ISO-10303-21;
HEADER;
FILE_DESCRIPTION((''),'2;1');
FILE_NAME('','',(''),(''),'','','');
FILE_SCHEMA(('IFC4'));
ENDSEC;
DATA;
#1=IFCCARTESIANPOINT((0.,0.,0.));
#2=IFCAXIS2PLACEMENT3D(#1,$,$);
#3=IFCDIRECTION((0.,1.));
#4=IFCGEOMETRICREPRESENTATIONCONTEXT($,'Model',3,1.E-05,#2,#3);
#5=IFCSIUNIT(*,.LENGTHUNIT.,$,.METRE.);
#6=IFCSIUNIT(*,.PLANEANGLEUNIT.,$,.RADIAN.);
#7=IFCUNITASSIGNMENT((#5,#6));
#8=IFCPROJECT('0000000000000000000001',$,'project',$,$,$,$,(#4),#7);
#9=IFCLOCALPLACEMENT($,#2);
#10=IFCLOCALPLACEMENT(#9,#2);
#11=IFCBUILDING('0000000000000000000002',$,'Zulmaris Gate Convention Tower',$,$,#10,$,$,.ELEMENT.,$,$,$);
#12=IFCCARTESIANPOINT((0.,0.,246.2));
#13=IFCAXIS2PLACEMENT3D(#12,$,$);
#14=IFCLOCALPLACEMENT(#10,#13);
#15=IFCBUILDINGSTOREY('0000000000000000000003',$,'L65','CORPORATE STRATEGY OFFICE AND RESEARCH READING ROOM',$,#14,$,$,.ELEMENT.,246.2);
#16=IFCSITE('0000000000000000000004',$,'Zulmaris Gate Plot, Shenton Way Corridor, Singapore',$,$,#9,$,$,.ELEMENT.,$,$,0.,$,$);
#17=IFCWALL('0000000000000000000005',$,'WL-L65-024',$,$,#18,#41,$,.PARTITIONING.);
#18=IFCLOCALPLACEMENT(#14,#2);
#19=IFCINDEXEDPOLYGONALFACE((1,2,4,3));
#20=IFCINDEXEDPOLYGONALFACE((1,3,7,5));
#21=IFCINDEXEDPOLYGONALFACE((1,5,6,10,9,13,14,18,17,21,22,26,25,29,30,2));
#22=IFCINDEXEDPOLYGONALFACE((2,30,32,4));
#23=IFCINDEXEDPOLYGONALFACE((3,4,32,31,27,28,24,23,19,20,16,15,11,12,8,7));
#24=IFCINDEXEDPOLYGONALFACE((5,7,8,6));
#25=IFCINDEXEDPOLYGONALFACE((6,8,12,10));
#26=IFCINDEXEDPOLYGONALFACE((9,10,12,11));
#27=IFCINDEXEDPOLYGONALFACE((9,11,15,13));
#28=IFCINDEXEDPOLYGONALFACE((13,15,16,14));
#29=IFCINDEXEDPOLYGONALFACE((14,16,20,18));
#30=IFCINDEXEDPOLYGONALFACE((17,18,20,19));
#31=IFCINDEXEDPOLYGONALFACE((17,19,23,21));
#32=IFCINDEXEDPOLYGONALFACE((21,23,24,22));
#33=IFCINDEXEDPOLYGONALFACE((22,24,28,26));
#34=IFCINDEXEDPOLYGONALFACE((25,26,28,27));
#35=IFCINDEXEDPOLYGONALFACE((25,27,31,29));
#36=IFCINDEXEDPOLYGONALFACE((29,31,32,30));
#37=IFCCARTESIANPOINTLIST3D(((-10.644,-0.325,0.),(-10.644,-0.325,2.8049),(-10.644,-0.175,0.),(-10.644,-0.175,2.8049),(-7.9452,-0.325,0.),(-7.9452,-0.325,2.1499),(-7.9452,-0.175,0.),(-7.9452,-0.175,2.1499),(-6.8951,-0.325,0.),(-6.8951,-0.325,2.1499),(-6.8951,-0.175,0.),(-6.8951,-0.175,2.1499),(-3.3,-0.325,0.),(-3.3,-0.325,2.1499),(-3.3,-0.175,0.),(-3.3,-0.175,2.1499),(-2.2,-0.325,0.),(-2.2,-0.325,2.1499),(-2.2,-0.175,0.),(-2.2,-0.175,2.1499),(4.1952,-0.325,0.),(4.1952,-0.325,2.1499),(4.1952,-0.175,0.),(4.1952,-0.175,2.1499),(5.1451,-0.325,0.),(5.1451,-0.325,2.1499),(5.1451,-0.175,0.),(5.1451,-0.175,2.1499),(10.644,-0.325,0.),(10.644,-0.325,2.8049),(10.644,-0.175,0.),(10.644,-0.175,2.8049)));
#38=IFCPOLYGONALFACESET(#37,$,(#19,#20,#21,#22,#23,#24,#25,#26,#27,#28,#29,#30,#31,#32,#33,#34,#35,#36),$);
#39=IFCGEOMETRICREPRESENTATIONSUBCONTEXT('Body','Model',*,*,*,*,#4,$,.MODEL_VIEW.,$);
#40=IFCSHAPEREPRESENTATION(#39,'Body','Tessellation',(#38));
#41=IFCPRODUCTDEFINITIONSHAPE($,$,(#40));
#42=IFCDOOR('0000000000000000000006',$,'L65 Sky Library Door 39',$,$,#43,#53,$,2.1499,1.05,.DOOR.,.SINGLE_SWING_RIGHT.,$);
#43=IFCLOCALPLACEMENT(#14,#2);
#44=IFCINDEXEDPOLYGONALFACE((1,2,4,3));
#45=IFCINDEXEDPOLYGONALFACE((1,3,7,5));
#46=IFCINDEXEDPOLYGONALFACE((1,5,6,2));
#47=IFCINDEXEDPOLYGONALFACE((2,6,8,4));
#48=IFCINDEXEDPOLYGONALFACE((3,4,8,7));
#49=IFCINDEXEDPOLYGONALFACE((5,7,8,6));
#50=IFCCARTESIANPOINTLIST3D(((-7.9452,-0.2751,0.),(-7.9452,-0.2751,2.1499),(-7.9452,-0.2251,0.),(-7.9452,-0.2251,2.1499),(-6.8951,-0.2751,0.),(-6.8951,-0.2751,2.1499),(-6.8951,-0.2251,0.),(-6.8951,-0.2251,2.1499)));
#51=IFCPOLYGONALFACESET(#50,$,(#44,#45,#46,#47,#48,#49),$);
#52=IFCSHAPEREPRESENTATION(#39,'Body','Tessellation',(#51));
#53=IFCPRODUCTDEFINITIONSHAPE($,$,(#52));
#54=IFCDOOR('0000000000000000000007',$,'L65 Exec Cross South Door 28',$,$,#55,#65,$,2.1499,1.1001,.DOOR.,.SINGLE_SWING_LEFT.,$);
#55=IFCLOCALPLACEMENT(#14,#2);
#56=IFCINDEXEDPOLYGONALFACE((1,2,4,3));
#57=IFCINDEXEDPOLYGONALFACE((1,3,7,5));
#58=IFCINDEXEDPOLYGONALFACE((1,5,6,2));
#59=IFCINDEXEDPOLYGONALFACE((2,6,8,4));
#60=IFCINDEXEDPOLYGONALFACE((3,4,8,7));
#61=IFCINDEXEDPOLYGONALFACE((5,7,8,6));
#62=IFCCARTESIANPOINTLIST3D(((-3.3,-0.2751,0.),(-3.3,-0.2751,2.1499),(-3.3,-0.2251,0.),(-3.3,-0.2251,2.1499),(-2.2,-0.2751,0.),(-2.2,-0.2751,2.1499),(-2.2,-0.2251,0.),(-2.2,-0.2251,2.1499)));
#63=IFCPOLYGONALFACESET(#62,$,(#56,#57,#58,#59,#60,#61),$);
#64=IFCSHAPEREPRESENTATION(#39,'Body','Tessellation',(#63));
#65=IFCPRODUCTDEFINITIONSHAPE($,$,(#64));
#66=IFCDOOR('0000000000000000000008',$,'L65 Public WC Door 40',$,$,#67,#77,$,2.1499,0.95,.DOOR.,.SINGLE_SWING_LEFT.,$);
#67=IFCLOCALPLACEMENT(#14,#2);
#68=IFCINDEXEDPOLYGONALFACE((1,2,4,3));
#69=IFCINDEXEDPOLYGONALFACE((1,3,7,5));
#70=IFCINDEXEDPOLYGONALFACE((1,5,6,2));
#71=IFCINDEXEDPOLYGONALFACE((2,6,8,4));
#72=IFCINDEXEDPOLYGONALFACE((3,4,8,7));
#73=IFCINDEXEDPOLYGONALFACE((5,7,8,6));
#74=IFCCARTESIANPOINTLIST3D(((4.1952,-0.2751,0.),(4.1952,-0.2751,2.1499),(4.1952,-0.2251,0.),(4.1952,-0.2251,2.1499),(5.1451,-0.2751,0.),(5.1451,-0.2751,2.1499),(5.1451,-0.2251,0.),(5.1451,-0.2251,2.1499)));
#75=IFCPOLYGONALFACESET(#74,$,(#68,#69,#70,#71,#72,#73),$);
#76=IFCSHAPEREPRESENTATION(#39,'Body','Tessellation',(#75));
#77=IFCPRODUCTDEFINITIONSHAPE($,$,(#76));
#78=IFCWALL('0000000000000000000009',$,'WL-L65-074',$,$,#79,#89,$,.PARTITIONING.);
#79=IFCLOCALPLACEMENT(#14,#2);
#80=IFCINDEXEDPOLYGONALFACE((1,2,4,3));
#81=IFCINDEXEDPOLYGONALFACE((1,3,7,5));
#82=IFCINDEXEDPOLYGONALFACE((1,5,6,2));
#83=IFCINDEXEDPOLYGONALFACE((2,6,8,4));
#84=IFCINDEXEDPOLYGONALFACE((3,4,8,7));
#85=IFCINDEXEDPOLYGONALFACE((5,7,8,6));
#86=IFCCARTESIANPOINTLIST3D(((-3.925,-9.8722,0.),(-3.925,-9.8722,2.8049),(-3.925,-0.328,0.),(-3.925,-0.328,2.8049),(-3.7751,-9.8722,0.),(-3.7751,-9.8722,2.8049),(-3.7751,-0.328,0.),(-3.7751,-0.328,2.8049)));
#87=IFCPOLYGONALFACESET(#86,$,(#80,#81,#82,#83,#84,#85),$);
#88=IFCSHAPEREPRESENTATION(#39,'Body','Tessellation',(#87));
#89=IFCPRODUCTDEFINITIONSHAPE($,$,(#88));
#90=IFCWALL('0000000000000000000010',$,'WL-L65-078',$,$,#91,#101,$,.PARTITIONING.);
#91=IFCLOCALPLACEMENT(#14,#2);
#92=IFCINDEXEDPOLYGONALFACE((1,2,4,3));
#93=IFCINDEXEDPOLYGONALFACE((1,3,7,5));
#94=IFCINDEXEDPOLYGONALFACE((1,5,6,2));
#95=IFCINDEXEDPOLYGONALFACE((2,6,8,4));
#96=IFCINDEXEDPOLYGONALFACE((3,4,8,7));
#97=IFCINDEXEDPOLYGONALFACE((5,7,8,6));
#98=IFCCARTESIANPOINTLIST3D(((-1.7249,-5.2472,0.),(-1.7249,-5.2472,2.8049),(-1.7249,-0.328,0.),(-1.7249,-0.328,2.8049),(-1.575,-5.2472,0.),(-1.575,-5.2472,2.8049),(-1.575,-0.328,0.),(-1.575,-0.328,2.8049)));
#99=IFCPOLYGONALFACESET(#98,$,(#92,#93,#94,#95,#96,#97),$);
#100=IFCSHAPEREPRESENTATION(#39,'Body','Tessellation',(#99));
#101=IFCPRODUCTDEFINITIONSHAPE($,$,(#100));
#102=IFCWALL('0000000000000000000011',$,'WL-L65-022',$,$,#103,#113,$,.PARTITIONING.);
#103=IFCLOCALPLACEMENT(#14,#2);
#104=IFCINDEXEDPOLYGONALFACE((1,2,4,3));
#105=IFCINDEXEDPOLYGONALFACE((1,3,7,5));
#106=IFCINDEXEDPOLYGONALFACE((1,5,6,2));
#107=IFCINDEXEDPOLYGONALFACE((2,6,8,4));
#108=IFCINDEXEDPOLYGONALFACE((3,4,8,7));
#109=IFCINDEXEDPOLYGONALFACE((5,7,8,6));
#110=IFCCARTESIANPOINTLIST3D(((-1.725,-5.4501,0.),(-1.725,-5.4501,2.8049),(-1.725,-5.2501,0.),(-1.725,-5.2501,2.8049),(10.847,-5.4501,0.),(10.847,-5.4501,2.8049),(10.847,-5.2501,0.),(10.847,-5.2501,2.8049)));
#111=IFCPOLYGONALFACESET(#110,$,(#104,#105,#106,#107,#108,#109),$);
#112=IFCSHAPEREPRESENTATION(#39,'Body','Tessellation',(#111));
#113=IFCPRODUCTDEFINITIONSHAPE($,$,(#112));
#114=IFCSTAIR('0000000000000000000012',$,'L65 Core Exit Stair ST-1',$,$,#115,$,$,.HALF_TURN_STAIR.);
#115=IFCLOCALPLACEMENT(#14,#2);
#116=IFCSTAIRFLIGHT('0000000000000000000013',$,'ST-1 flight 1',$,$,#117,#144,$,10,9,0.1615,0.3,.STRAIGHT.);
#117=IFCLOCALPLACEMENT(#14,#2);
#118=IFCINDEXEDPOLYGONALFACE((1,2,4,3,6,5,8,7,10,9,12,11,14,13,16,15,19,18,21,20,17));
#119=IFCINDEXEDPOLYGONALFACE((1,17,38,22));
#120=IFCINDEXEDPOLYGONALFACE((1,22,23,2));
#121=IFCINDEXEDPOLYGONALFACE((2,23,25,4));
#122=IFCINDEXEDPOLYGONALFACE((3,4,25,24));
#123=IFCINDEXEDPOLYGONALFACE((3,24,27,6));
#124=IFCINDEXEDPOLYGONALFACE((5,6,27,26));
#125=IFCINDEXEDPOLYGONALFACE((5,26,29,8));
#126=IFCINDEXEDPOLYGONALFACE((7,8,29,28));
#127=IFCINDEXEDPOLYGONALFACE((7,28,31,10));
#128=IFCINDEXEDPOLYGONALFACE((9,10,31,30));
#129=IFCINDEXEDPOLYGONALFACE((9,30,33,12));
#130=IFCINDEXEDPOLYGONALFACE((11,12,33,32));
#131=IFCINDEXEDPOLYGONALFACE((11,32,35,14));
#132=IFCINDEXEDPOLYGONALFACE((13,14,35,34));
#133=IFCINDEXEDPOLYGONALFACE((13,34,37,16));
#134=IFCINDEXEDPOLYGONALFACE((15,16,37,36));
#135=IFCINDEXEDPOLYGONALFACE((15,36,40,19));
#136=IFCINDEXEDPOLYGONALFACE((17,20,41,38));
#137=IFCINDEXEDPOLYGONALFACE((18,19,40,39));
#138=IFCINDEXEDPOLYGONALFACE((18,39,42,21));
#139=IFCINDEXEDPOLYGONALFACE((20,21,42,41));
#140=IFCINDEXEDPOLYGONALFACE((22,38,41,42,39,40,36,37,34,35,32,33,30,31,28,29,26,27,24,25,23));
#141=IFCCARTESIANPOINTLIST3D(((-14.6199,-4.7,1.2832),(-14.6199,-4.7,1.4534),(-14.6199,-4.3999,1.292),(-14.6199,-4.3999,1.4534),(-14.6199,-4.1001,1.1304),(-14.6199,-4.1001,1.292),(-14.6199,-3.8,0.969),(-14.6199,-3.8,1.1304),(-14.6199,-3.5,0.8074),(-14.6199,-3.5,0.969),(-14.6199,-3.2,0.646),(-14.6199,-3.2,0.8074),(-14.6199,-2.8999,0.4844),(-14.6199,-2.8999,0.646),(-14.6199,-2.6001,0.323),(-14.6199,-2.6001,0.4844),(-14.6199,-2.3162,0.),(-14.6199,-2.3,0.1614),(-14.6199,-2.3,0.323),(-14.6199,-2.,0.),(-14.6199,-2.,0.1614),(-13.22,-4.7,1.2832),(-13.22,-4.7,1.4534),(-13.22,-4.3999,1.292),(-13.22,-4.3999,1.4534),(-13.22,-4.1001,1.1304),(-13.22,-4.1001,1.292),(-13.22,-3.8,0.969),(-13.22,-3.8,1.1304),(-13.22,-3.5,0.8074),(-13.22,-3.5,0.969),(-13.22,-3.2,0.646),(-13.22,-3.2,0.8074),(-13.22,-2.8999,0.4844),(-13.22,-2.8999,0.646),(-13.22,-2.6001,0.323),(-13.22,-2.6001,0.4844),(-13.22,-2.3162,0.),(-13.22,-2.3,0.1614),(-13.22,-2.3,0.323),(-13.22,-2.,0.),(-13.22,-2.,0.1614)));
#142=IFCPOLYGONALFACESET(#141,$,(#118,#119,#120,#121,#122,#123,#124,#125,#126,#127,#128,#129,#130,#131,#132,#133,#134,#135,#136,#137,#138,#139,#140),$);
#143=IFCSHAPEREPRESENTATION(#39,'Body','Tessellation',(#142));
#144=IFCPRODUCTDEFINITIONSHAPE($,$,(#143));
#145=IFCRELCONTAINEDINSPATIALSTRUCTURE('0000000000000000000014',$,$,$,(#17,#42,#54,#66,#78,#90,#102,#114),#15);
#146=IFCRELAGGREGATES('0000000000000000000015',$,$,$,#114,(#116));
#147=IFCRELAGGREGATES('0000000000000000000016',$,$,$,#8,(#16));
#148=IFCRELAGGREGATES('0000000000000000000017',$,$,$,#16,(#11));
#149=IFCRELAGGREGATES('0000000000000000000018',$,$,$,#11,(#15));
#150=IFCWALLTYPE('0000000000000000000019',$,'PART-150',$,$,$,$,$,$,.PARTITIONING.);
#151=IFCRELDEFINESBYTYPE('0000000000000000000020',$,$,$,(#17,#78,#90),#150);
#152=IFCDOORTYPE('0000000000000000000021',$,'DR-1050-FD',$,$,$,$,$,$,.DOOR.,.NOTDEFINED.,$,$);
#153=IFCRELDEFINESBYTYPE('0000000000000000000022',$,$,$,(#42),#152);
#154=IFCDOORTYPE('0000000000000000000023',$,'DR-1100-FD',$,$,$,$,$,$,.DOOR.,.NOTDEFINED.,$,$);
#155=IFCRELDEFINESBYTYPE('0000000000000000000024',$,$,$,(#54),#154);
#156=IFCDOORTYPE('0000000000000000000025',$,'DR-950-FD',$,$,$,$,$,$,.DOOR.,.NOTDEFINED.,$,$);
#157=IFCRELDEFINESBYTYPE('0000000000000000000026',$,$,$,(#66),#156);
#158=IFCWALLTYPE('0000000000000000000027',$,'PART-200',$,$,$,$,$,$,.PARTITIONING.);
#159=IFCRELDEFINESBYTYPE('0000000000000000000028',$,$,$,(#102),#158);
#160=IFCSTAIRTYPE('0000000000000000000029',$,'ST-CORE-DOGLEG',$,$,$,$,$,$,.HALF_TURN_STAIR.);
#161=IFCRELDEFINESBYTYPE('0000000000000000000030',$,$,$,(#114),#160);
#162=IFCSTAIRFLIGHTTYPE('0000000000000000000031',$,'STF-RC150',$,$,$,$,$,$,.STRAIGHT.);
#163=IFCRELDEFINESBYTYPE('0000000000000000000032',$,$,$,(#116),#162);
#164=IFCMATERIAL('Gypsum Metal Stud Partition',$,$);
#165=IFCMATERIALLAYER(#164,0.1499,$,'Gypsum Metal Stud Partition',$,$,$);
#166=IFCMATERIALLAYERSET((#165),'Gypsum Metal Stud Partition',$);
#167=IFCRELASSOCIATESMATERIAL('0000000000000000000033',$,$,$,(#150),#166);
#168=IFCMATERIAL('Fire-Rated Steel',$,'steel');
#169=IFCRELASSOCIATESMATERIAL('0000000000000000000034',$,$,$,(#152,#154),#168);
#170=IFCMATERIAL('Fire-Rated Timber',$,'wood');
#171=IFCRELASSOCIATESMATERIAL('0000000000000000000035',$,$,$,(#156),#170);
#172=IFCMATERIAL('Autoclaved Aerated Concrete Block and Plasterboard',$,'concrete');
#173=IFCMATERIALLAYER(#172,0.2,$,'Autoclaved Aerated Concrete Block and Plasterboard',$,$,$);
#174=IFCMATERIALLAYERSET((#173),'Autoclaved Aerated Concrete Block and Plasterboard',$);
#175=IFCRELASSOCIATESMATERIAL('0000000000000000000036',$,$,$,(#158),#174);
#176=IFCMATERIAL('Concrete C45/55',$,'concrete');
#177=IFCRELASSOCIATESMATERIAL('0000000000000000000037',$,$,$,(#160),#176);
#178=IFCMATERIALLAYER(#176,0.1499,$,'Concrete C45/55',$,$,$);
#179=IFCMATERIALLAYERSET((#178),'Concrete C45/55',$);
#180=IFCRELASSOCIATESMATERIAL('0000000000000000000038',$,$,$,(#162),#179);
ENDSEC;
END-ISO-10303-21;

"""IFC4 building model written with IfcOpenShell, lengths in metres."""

from ifc_helpers import new_model, si_unit, direction, frame, frame_2d, origin, place, context, subcontext, project, spatial, polyline, rectangle, outline, extrude, material, layer, layer_set, type_object, element, fill, aggregate, save


model = new_model("IFC4")

# Units and contexts
model_context = context("Model", 3, precision=1e-05, world=origin(), true_north=direction((0.0, 1.0)))
body_context = subcontext(model_context, "Body", "Model", "MODEL_VIEW")
ifc_project = project(units=[si_unit("LENGTHUNIT", "METRE"), si_unit("PLANEANGLEUNIT", "RADIAN")], contexts=[model_context])

# Site, building, storey
site_placement = place(None, origin())
site = spatial("IfcSite", under=ifc_project, at=site_placement, Name="Zulmaris Gate Plot, Shenton Way Corridor, Singapore", CompositionType="ELEMENT", RefElevation=0.0)
building_placement = place(site_placement, origin())
building = spatial("IfcBuilding", under=site, at=building_placement, Name="Zulmaris Gate Convention Tower", CompositionType="ELEMENT")
storey_placement = place(building_placement, frame((0.0, 0.0, 246.2)))
storey = spatial("IfcBuildingStorey", under=building, at=storey_placement, Name="L65", Description="CORPORATE STRATEGY OFFICE AND RESEARCH READING ROOM", CompositionType="ELEMENT", Elevation=246.2)

# Wall, openings, doors
ifc_material_1 = material(Name="Gypsum Metal Stud Partition")
ifc_layer_1 = layer(ifc_material_1, 0.1499, Name="Gypsum Metal Stud Partition")
ifc_layer_set_1 = layer_set([ifc_layer_1], Name="Gypsum Metal Stud Partition")
wall_type_1 = type_object("IfcWallType", Name="PART-150", PredefinedType="PARTITIONING", material=ifc_layer_set_1)
wall_1_placement = place(storey_placement, frame((-10.644, -0.25, 0.0), z_axis=(0.0, 0.0, 1.0), x_axis=(1.0, 0.0, 0.0)))
wall_1 = element("IfcWall", 1, at=wall_1_placement, inside=storey, type_object=wall_type_1, Name="WL-L65-024", PredefinedType="PARTITIONING", context=body_context, shape_type="SweptSolid", body=[
    extrude(rectangle(XDim=21.2881, YDim=0.1499, at=frame_2d((10.644, 0.0))), origin(), (0.0, 0.0, 1.0), 2.8049),
])
opening_1_placement = place(wall_1_placement, frame((7.344, 0.0, 0.0)))
opening_1 = element("IfcOpeningElement", 2, at=opening_1_placement, cuts=wall_1, PredefinedType="OPENING", context=body_context, shape_type="SweptSolid", body=[
    extrude(rectangle(XDim=1.1001, YDim=2.1499, at=frame_2d((0.55, 1.075))), frame((0.0, 0.085, 0.0), z_axis=(0.0, -1.0, 0.0), x_axis=(1.0, 0.0, 0.0)), (0.0, 0.0, 1.0), 0.1699),
])
opening_2_placement = place(wall_1_placement, frame((2.699, 0.0, 0.0)))
opening_2 = element("IfcOpeningElement", 3, at=opening_2_placement, cuts=wall_1, PredefinedType="OPENING", context=body_context, shape_type="SweptSolid", body=[
    extrude(rectangle(XDim=1.05, YDim=2.1499, at=frame_2d((0.5249, 1.075))), frame((0.0, 0.085, 0.0), z_axis=(0.0, -1.0, 0.0), x_axis=(1.0, 0.0, 0.0)), (0.0, 0.0, 1.0), 0.1699),
])
opening_3_placement = place(wall_1_placement, frame((14.8391, 0.0, 0.0)))
opening_3 = element("IfcOpeningElement", 4, at=opening_3_placement, cuts=wall_1, PredefinedType="OPENING", context=body_context, shape_type="SweptSolid", body=[
    extrude(rectangle(XDim=0.95, YDim=2.1499, at=frame_2d((0.4751, 1.075))), frame((0.0, 0.085, 0.0), z_axis=(0.0, -1.0, 0.0), x_axis=(1.0, 0.0, 0.0)), (0.0, 0.0, 1.0), 0.1699),
])
ifc_material_2 = material(Name="Fire-Rated Steel", Category="steel")
door_type_1 = type_object("IfcDoorType", Name="DR-1050-FD", OperationType="NOTDEFINED", PredefinedType="DOOR", material=ifc_material_2)
door_1_placement = place(opening_2_placement, origin())
door_1 = element("IfcDoor", 5, at=door_1_placement, inside=storey, type_object=door_type_1, Name="L65 Sky Library Door 39", OperationType="SINGLE_SWING_RIGHT", OverallHeight=2.1499, OverallWidth=1.05, PredefinedType="DOOR", context=body_context, shape_type="SweptSolid", body=[
    extrude(rectangle(XDim=1.05, YDim=2.1499, at=frame_2d((0.5249, 1.075))), frame((0.0, 0.0249, 0.0), z_axis=(0.0, -1.0, 0.0), x_axis=(1.0, 0.0, 0.0)), (0.0, 0.0, 1.0), 0.05),
])
fill(opening_2, door_1)
door_type_2 = type_object("IfcDoorType", Name="DR-1100-FD", OperationType="NOTDEFINED", PredefinedType="DOOR", material=ifc_material_2)
door_2_placement = place(opening_1_placement, origin())
door_2 = element("IfcDoor", 6, at=door_2_placement, inside=storey, type_object=door_type_2, Name="L65 Exec Cross South Door 28", OperationType="SINGLE_SWING_LEFT", OverallHeight=2.1499, OverallWidth=1.1001, PredefinedType="DOOR", context=body_context, shape_type="SweptSolid", body=[
    extrude(rectangle(XDim=1.1001, YDim=2.1499, at=frame_2d((0.55, 1.075))), frame((0.0, 0.0249, 0.0), z_axis=(0.0, -1.0, 0.0), x_axis=(1.0, 0.0, 0.0)), (0.0, 0.0, 1.0), 0.05),
])
fill(opening_1, door_2)
ifc_material_3 = material(Name="Fire-Rated Timber", Category="wood")
door_type_3 = type_object("IfcDoorType", Name="DR-950-FD", OperationType="NOTDEFINED", PredefinedType="DOOR", material=ifc_material_3)
door_3_placement = place(opening_3_placement, origin())
door_3 = element("IfcDoor", 7, at=door_3_placement, inside=storey, type_object=door_type_3, Name="L65 Public WC Door 40", OperationType="SINGLE_SWING_LEFT", OverallHeight=2.1499, OverallWidth=0.95, PredefinedType="DOOR", context=body_context, shape_type="SweptSolid", body=[
    extrude(rectangle(XDim=0.95, YDim=2.1499, at=frame_2d((0.4751, 1.075))), frame((0.0, 0.0249, 0.0), z_axis=(0.0, -1.0, 0.0), x_axis=(1.0, 0.0, 0.0)), (0.0, 0.0, 1.0), 0.05),
])
fill(opening_3, door_3)

# Wall
wall_2_placement = place(storey_placement, frame((-3.8501, -9.8721, 0.0), z_axis=(0.0, 0.0, 1.0), x_axis=(0.0, 1.0, 0.0)))
element("IfcWall", 8, at=wall_2_placement, inside=storey, type_object=wall_type_1, Name="WL-L65-074", PredefinedType="PARTITIONING", context=body_context, shape_type="SweptSolid", body=[
    extrude(rectangle(XDim=9.5442, YDim=0.1499, at=frame_2d((4.772, 0.0))), origin(), (0.0, 0.0, 1.0), 2.8049),
])

# Walls
wall_3_placement = place(storey_placement, frame((-1.6499, -5.2471, 0.0), z_axis=(0.0, 0.0, 1.0), x_axis=(0.0, 1.0, 0.0)))
element("IfcWall", 9, at=wall_3_placement, inside=storey, type_object=wall_type_1, Name="WL-L65-078", PredefinedType="PARTITIONING", context=body_context, shape_type="SweptSolid", body=[
    extrude(rectangle(XDim=4.9192, YDim=0.1499, at=frame_2d((2.4595, 0.0))), origin(), (0.0, 0.0, 1.0), 2.8049),
])
ifc_material_4 = material(Name="Autoclaved Aerated Concrete Block and Plasterboard", Category="concrete")
ifc_layer_2 = layer(ifc_material_4, 0.2, Name="Autoclaved Aerated Concrete Block and Plasterboard")
ifc_layer_set_2 = layer_set([ifc_layer_2], Name="Autoclaved Aerated Concrete Block and Plasterboard")
wall_type_2 = type_object("IfcWallType", Name="PART-200", PredefinedType="PARTITIONING", material=ifc_layer_set_2)
wall_4_placement = place(storey_placement, frame((-1.7251, -5.3501, 0.0), z_axis=(0.0, 0.0, 1.0), x_axis=(1.0, 0.0, 0.0)))
element("IfcWall", 10, at=wall_4_placement, inside=storey, type_object=wall_type_2, Name="WL-L65-022", PredefinedType="PARTITIONING", context=body_context, shape_type="SweptSolid", body=[
    extrude(rectangle(XDim=12.572, YDim=0.2, at=frame_2d((6.2861, 0.0))), origin(), (0.0, 0.0, 1.0), 2.8049),
])

# Stair, stair flight
ifc_material_5 = material(Name="Concrete C45/55", Category="concrete")
stair_type = type_object("IfcStairType", Name="ST-CORE-DOGLEG", PredefinedType="HALF_TURN_STAIR", material=ifc_material_5)
stair_placement = place(storey_placement, origin())
stair = element("IfcStair", 11, at=stair_placement, inside=storey, type_object=stair_type, Name="L65 Core Exit Stair ST-1", PredefinedType="HALF_TURN_STAIR")
ifc_layer_3 = layer(ifc_material_5, 0.1499, Name="Concrete C45/55")
ifc_layer_set_3 = layer_set([ifc_layer_3], Name="Concrete C45/55")
stair_flight_type = type_object("IfcStairFlightType", Name="STF-RC150", PredefinedType="STRAIGHT", material=ifc_layer_set_3)
stair_flight_1_placement = place(storey_placement, frame((-13.9199, -2.0, 0.0), z_axis=(0.0, 0.0, 1.0), x_axis=(0.0, -1.0, 0.0)))
stair_flight_1 = element("IfcStairFlight", 12, at=stair_flight_1_placement, type_object=stair_flight_type, Name="ST-1 flight 1", NumberOfRisers=10, NumberOfTreads=9, PredefinedType="STRAIGHT", RiserHeight=0.1615, TreadLength=0.3, context=body_context, shape_type="SweptSolid", body=[
    extrude(outline(polyline([(0.0, 0.0), (0.0, 0.1614), (0.3, 0.1614), (0.3, 0.323), (0.6001, 0.323), (0.6001, 0.4844), (0.8999, 0.4844), (0.8999, 0.646), (1.2, 0.646), (1.2, 0.8074), (1.5, 0.8074), (1.5, 0.969), (1.8, 0.969), (1.8, 1.1304), (2.1001, 1.1304), (2.1001, 1.292), (2.3999, 1.292), (2.3999, 1.4534), (2.7, 1.4534), (2.7, 1.615), (2.7, 1.2832), (0.3162, 0.0), (0.0, 0.0)])), frame((0.0, 0.7, 0.0), z_axis=(0.0, -1.0, 0.0), x_axis=(1.0, 0.0, 0.0)), (0.0, 0.0, 1.0), 1.3999),
])
aggregate(stair, [stair_flight_1])

save(model, "model.ifc")
